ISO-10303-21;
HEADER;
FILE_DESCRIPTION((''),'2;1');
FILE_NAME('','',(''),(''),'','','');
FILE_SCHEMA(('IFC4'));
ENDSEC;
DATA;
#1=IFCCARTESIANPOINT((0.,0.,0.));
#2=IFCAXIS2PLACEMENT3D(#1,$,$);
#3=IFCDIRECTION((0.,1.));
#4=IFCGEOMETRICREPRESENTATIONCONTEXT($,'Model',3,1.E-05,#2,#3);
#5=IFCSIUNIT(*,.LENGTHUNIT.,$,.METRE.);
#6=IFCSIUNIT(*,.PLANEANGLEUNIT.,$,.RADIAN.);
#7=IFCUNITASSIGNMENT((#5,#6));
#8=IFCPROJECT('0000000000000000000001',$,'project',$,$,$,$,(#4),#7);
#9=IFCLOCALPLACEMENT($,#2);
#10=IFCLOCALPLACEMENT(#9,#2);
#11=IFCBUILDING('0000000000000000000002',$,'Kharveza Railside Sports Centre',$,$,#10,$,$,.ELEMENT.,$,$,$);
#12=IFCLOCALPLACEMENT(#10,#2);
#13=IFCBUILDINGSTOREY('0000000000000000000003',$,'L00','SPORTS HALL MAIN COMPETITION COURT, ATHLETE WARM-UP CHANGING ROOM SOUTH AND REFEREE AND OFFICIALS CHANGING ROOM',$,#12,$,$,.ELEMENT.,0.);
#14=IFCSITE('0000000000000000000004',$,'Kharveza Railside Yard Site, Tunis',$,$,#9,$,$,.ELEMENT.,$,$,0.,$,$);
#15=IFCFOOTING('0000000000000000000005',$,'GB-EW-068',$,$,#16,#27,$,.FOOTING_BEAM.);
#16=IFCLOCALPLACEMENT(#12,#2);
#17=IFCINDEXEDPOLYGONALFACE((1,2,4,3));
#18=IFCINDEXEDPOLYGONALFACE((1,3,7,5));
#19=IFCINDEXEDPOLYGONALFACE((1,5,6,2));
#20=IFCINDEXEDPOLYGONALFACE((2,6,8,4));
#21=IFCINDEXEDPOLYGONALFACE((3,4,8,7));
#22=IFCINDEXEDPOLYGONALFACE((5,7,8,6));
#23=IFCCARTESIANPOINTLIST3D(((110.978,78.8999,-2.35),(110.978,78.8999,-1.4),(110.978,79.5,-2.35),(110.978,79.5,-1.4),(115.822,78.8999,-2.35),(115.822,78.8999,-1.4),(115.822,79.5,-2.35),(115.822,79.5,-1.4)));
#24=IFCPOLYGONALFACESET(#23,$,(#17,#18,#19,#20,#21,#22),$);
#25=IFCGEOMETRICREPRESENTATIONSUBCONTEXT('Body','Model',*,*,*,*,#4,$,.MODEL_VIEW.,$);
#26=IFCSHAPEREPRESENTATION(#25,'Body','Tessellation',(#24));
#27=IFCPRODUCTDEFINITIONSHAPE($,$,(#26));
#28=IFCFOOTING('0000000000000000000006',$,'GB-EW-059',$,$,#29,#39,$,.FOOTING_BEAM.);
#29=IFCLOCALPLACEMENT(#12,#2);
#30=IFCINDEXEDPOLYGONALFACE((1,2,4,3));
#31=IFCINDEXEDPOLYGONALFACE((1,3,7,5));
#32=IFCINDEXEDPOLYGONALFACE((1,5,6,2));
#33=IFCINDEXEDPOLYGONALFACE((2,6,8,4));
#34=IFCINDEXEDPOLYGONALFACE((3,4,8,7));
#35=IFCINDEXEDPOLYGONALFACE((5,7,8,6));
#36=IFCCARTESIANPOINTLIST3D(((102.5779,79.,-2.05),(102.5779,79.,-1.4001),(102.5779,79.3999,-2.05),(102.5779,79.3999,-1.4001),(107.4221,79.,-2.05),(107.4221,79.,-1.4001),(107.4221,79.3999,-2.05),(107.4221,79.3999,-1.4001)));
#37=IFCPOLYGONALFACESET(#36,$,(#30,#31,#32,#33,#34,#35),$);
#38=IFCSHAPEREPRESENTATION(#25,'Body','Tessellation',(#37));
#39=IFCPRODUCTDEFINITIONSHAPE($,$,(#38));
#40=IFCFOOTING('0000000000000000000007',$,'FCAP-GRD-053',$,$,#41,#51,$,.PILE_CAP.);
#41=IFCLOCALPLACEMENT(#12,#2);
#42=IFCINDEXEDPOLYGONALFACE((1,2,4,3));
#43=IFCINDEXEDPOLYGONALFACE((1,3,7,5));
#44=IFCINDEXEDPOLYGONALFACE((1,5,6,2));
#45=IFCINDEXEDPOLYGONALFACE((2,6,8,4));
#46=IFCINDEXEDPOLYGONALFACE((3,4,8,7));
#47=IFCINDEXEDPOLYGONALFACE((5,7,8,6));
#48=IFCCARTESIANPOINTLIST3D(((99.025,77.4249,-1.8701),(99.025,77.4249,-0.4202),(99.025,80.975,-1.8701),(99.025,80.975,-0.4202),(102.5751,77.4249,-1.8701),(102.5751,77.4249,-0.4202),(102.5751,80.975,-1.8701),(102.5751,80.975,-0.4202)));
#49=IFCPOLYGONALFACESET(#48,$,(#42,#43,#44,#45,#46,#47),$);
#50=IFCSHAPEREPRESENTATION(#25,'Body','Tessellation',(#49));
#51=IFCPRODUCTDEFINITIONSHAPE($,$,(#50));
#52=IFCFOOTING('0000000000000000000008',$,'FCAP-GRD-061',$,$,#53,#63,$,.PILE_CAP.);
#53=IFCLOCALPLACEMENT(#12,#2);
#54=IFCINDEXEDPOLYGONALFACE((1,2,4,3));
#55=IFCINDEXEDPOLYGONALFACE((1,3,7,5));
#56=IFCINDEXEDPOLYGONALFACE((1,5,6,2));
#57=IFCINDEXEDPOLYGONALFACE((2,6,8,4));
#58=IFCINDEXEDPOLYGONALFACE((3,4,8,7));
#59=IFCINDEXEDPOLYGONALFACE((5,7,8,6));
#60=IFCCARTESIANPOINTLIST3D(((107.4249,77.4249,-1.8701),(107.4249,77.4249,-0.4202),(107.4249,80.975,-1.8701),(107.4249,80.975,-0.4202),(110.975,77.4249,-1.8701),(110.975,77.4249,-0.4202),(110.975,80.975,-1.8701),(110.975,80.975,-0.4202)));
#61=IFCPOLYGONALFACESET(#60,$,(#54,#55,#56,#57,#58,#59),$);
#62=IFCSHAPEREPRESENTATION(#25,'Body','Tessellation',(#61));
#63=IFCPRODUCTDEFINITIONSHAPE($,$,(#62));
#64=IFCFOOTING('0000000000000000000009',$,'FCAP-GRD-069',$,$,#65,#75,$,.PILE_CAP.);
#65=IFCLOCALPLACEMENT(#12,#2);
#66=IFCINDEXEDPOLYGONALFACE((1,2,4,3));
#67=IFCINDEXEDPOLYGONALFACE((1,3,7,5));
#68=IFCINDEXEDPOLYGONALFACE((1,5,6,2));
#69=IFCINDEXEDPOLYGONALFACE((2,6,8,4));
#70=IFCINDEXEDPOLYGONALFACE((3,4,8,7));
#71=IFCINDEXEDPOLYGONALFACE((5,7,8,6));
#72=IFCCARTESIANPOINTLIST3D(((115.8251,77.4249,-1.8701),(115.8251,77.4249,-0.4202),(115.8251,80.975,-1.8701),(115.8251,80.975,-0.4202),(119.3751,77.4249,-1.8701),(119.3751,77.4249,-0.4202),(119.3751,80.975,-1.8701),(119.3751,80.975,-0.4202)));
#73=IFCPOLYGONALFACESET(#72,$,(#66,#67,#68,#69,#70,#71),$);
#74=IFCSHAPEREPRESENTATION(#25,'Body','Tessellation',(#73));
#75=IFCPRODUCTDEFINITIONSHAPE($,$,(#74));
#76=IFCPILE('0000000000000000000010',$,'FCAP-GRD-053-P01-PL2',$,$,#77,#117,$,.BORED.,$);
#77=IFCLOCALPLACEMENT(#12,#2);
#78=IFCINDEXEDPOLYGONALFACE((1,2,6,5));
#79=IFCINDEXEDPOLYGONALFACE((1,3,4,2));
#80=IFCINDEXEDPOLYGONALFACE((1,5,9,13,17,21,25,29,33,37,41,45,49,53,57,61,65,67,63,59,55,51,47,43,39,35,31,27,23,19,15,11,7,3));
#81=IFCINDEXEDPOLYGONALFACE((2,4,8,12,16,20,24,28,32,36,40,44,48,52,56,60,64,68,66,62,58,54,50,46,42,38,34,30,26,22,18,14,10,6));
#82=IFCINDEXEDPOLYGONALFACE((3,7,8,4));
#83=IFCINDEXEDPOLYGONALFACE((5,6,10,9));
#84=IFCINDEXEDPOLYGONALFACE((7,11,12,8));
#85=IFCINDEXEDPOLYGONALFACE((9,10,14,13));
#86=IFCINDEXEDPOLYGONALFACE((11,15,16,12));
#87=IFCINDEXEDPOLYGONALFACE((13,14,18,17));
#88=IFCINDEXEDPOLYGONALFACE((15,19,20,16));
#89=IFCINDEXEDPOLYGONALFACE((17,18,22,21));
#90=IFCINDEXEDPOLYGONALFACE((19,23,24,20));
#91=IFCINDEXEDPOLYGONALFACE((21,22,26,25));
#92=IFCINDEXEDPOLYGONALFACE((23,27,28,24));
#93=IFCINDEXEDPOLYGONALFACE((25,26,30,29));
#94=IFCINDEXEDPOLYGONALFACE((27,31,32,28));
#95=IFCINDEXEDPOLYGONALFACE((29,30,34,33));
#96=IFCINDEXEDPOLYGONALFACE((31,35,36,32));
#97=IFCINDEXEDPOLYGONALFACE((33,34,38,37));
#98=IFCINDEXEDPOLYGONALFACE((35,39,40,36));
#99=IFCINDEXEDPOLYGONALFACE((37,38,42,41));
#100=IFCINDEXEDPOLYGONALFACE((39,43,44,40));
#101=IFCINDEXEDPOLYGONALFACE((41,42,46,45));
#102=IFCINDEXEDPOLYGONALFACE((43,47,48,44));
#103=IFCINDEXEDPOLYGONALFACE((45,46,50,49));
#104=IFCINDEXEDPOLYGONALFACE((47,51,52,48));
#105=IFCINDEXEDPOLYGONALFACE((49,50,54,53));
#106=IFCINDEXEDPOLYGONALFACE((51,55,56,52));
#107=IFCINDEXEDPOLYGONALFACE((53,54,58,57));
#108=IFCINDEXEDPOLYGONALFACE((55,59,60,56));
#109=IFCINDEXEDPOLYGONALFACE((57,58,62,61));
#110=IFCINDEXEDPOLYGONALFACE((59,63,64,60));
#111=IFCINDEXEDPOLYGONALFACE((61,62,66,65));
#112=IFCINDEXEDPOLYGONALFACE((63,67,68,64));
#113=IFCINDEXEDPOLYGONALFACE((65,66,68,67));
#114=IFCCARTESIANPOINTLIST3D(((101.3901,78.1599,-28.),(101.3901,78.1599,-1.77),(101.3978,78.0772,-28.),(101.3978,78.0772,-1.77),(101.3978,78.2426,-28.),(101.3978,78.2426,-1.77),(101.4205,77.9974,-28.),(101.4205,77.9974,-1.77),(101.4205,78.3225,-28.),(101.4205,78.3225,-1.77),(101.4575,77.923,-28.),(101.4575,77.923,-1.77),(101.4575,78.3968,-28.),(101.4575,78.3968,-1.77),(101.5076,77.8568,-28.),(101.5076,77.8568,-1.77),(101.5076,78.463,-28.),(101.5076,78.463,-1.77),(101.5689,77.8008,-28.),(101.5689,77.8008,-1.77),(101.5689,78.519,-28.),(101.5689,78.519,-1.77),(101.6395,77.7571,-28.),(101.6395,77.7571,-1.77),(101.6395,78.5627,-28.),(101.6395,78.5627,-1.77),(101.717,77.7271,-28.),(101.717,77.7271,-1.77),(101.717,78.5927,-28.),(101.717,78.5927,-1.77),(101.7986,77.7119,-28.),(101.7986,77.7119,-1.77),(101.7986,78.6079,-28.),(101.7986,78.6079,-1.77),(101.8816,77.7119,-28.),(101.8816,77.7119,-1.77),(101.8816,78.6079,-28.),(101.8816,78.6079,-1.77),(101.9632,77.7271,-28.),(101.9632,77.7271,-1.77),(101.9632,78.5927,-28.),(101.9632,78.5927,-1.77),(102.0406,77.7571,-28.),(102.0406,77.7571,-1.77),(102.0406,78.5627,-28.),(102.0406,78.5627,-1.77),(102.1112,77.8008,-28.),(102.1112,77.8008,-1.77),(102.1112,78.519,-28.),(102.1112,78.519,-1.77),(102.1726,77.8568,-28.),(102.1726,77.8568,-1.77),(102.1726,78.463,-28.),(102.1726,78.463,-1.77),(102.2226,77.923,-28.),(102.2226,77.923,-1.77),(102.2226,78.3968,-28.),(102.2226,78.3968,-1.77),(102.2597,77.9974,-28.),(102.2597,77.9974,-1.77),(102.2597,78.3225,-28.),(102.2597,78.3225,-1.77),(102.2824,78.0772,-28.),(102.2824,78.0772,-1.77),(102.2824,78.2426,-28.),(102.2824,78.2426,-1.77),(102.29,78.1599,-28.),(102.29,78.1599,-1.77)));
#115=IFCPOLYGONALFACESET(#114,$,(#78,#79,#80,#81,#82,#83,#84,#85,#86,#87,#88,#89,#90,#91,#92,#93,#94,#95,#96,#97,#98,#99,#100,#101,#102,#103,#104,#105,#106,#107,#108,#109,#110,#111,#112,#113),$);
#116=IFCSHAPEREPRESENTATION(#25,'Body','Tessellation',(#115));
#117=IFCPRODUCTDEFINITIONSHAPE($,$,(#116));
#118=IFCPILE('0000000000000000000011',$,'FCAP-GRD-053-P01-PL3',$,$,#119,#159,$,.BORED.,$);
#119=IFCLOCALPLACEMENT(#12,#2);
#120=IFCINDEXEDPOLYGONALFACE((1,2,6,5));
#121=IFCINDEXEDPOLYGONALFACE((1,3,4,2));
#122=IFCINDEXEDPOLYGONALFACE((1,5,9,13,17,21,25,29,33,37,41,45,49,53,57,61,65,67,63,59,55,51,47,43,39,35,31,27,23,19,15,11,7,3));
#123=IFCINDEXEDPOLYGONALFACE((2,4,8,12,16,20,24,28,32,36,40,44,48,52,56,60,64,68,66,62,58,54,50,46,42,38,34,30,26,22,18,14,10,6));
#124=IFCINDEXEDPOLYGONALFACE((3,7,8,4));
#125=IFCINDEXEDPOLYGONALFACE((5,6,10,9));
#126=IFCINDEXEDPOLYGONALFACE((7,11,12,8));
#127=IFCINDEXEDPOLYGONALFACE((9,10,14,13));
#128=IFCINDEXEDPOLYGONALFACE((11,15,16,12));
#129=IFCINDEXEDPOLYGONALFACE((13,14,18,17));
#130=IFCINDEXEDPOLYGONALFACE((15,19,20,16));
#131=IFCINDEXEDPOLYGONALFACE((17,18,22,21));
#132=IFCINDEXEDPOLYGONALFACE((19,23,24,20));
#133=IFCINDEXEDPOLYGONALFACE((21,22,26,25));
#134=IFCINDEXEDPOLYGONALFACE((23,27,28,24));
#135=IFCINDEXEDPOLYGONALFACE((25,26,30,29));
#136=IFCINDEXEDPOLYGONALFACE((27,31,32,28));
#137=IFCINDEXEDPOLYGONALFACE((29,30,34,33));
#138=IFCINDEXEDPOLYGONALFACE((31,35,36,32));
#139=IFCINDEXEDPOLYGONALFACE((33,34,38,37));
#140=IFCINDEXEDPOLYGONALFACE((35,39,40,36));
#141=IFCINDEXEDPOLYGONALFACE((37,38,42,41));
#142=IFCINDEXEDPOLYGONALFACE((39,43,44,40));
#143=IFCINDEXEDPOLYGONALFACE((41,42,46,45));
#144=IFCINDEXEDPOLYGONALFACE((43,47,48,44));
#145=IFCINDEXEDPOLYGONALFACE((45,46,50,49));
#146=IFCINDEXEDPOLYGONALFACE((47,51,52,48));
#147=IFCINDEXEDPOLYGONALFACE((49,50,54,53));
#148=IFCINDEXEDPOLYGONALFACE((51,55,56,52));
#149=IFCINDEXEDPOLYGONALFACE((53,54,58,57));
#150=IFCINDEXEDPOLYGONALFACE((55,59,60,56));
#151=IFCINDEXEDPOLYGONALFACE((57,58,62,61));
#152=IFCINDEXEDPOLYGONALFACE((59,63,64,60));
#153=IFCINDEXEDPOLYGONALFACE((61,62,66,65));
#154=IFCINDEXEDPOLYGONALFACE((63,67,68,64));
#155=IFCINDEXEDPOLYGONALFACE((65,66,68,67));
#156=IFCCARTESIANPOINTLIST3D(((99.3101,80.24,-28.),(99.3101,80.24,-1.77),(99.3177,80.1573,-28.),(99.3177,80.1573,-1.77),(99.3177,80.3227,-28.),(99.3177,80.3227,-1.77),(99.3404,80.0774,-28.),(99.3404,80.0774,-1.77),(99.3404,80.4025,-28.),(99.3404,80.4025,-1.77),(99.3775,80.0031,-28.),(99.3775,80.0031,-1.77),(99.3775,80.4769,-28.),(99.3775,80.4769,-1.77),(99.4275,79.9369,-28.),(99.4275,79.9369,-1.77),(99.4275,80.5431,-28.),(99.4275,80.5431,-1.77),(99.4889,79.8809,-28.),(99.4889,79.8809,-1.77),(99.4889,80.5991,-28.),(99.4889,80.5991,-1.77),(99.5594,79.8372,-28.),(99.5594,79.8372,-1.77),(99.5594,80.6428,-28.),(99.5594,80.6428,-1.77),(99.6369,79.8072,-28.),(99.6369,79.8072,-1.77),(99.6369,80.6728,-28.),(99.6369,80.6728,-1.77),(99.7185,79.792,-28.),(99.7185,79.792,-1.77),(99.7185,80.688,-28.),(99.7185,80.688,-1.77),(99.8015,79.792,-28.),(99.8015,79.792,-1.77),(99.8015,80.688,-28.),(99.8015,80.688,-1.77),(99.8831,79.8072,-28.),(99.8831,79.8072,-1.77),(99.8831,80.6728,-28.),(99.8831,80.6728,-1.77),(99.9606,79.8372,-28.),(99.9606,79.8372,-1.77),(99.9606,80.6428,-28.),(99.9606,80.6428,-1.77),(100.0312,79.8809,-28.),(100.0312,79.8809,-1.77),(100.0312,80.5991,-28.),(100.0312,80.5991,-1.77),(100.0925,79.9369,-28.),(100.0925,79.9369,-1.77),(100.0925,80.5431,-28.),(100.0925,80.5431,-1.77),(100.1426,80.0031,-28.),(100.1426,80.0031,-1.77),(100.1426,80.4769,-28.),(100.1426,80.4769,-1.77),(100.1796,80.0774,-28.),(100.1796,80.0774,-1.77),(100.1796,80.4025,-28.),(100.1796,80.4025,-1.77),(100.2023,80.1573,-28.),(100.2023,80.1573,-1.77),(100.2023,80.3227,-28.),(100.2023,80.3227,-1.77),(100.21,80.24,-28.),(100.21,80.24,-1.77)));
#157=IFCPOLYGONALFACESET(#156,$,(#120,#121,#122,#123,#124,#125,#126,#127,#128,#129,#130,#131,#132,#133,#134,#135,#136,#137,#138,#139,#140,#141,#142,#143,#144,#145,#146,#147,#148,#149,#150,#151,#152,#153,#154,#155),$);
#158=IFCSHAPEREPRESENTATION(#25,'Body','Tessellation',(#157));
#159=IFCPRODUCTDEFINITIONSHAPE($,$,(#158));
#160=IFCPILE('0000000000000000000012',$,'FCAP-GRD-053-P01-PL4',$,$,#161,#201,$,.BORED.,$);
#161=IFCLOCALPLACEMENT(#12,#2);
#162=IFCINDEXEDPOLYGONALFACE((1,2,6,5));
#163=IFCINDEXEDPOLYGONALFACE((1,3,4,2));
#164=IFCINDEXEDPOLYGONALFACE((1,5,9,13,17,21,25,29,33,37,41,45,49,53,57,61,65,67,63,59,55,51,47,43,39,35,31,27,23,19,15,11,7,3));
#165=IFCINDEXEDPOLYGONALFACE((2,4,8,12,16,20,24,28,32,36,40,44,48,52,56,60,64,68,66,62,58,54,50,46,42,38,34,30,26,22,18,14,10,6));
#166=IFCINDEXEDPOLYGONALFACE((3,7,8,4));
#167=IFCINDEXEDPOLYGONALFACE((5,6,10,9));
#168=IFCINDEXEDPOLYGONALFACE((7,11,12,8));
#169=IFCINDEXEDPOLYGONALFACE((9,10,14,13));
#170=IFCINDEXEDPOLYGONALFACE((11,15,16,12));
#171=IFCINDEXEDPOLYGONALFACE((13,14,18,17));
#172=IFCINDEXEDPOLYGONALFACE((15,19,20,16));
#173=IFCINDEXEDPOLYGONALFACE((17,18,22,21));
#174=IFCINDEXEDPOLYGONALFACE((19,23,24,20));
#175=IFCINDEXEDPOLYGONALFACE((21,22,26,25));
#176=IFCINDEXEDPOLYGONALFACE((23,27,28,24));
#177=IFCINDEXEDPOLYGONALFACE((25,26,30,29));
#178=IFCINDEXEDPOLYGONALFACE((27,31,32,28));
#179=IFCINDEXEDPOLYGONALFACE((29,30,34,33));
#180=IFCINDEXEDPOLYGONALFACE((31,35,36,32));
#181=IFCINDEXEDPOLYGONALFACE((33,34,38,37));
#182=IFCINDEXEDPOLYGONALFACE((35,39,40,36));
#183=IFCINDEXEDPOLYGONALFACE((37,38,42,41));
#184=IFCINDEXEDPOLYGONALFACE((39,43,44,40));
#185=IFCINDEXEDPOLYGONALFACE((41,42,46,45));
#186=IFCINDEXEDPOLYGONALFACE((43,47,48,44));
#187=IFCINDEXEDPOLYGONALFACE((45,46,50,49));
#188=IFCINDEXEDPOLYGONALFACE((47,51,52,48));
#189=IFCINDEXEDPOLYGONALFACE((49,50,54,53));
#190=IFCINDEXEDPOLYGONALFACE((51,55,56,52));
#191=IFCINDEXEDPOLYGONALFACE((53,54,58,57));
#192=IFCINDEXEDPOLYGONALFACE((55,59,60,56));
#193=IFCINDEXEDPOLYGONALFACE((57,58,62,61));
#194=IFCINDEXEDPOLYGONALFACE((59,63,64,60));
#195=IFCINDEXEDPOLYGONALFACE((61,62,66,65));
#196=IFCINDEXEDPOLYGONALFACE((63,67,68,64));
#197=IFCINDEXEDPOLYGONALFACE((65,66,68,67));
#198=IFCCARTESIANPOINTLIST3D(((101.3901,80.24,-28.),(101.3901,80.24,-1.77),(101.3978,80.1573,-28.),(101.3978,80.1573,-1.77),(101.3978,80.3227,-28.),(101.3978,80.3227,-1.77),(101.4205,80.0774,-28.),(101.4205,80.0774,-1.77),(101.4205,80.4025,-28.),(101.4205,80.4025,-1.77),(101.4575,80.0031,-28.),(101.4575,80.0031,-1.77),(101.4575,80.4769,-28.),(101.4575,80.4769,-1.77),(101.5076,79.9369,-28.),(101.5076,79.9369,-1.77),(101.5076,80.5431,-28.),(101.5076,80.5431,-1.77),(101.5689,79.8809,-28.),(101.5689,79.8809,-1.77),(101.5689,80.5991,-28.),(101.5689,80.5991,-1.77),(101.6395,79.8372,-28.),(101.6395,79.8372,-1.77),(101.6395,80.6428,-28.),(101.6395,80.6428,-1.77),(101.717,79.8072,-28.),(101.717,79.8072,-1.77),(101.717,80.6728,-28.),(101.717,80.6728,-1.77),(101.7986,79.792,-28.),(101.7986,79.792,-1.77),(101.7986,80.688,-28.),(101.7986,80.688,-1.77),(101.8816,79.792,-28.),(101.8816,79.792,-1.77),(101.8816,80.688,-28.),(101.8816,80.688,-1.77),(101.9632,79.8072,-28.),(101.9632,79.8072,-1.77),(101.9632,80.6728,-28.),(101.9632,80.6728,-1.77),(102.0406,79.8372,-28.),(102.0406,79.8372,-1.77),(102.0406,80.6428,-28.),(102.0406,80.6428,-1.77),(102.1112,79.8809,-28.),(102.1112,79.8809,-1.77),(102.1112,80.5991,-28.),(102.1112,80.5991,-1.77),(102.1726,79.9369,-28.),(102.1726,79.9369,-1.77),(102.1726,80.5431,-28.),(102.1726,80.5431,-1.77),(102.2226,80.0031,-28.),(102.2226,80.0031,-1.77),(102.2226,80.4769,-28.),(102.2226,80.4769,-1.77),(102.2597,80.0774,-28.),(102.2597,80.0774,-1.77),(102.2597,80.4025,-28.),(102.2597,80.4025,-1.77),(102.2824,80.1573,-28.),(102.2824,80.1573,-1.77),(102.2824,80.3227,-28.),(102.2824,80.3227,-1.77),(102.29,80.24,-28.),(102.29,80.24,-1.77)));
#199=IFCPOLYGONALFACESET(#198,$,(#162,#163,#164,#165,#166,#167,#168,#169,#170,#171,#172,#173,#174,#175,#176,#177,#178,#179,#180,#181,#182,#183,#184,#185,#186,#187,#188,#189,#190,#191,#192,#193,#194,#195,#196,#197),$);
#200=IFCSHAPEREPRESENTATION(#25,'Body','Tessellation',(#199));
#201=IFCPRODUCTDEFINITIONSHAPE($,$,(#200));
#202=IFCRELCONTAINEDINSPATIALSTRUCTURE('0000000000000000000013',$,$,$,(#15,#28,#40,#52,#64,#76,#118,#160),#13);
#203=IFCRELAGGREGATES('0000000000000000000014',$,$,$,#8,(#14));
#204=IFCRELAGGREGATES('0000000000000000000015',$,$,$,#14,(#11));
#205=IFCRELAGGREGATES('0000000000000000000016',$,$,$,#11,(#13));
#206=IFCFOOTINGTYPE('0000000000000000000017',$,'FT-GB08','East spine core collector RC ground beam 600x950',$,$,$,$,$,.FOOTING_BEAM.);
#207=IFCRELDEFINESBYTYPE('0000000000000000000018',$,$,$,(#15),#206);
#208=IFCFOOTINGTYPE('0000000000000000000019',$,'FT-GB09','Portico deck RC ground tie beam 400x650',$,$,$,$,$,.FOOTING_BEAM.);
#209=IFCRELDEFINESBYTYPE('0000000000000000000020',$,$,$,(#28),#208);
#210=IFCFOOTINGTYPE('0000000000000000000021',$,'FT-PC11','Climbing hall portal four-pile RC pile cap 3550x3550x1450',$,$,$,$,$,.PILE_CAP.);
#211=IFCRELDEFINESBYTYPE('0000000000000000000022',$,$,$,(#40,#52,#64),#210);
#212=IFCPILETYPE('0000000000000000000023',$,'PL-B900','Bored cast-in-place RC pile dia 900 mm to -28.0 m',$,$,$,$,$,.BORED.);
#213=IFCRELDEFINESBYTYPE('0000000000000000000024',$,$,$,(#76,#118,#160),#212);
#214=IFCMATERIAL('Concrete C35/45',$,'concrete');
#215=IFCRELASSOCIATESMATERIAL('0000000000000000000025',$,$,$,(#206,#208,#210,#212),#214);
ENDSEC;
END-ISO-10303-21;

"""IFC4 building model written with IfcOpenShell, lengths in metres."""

from ifc_helpers import new_model, si_unit, direction, frame, origin, origin_2d, place, context, subcontext, project, spatial, rectangle, circle, extrude, material, material_profile, profile_set, type_object, element, save


model = new_model("IFC4")

# Units and contexts
model_context = context("Model", 3, precision=1e-05, world=origin(), true_north=direction((0.0, 1.0)))
body_context = subcontext(model_context, "Body", "Model", "MODEL_VIEW")
ifc_project = project(units=[si_unit("LENGTHUNIT", "METRE"), si_unit("PLANEANGLEUNIT", "RADIAN")], contexts=[model_context])

# Site, building, storey
site_placement = place(None, origin())
site = spatial("IfcSite", under=ifc_project, at=site_placement, Name="Kharveza Railside Yard Site, Tunis", CompositionType="ELEMENT", RefElevation=0.0)
building_placement = place(site_placement, origin())
building = spatial("IfcBuilding", under=site, at=building_placement, Name="Kharveza Railside Sports Centre", CompositionType="ELEMENT")
storey_placement = place(building_placement, origin())
storey = spatial("IfcBuildingStorey", under=building, at=storey_placement, Name="L00", Description="SPORTS HALL MAIN COMPETITION COURT, ATHLETE WARM-UP CHANGING ROOM SOUTH AND REFEREE AND OFFICIALS CHANGING ROOM", CompositionType="ELEMENT", Elevation=0.0)

# Footings
ifc_material_1 = material(Name="Concrete C35/45", Category="concrete")
ifc_material_profile_1 = material_profile(ifc_material_1, rectangle(XDim=0.6001, YDim=0.95, at=origin_2d()), Name="GB 600x950")
ifc_profile_set_1 = profile_set([ifc_material_profile_1], Name="Concrete C35/45")
footing_type_1 = type_object("IfcFootingType", Name="FT-GB08", Description="East spine core collector RC ground beam 600x950", PredefinedType="FOOTING_BEAM", material=ifc_profile_set_1)
footing_1_placement = place(storey_placement, frame((110.978, 79.2, -1.875), z_axis=(1.0, 0.0, 0.0), x_axis=(0.0, 1.0, 0.0)))
element("IfcFooting", 1, at=footing_1_placement, inside=storey, type_object=footing_type_1, Name="GB-EW-068", PredefinedType="FOOTING_BEAM", context=body_context, shape_type="SweptSolid", body=[
    extrude(rectangle(XDim=0.6001, YDim=0.95, at=origin_2d()), origin(), (0.0, 0.0, 1.0), 4.844),
])
ifc_material_profile_2 = material_profile(ifc_material_1, rectangle(XDim=0.3999, YDim=0.6499, at=origin_2d()), Name="GB 400x650")
ifc_profile_set_2 = profile_set([ifc_material_profile_2], Name="Concrete C35/45")
footing_type_2 = type_object("IfcFootingType", Name="FT-GB09", Description="Portico deck RC ground tie beam 400x650", PredefinedType="FOOTING_BEAM", material=ifc_profile_set_2)
footing_2_placement = place(storey_placement, frame((102.5779, 79.2, -1.7251), z_axis=(1.0, 0.0, 0.0), x_axis=(0.0, 1.0, 0.0)))
element("IfcFooting", 2, at=footing_2_placement, inside=storey, type_object=footing_type_2, Name="GB-EW-059", PredefinedType="FOOTING_BEAM", context=body_context, shape_type="SweptSolid", body=[
    extrude(rectangle(XDim=0.3999, YDim=0.6499, at=origin_2d()), origin(), (0.0, 0.0, 1.0), 4.8442),
])
footing_type_3 = type_object("IfcFootingType", Name="FT-PC11", Description="Climbing hall portal four-pile RC pile cap 3550x3550x1450", PredefinedType="PILE_CAP", material=ifc_material_1)
for number, where, z_axis, x_axis, name in (
    (3, (100.8, 79.2, -1.8701), (0.0, 0.0, 1.0), (1.0, 0.0, 0.0), "FCAP-GRD-053"),
    (4, (109.2, 79.2, -1.8701), (0.0, 0.0, 1.0), (1.0, 0.0, 0.0), "FCAP-GRD-061"),
    (5, (117.6001, 79.2, -1.8701), (0.0, 0.0, 1.0), (1.0, 0.0, 0.0), "FCAP-GRD-069"),
):
    element("IfcFooting", number, at=place(storey_placement, frame(where, z_axis=z_axis, x_axis=x_axis)), inside=storey, type_object=footing_type_3, Name=name, PredefinedType="PILE_CAP", context=body_context, shape_type="SweptSolid", body=[
        extrude(rectangle(XDim=3.55, YDim=3.55, at=origin_2d()), origin(), (0.0, 0.0, 1.0), 1.45),
    ])

# Piles
ifc_material_profile_3 = material_profile(ifc_material_1, circle(Radius=0.45, at=origin_2d()), Name="PILE D900")
ifc_profile_set_3 = profile_set([ifc_material_profile_3], Name="Concrete C35/45")
pile_type = type_object("IfcPileType", Name="PL-B900", Description="Bored cast-in-place RC pile dia 900 mm to -28.0 m", PredefinedType="BORED", material=ifc_profile_set_3)
for number, where, z_axis, x_axis, name in (
    (6, (101.8401, 78.1599, -1.77), (0.0, 0.0, -1.0), (1.0, 0.0, 0.0), "FCAP-GRD-053-P01-PL2"),
    (7, (99.76, 80.24, -1.77), (0.0, 0.0, -1.0), (1.0, 0.0, 0.0), "FCAP-GRD-053-P01-PL3"),
    (8, (101.8401, 80.24, -1.77), (0.0, 0.0, -1.0), (1.0, 0.0, 0.0), "FCAP-GRD-053-P01-PL4"),
):
    element("IfcPile", number, at=place(storey_placement, frame(where, z_axis=z_axis, x_axis=x_axis)), inside=storey, type_object=pile_type, Name=name, PredefinedType="BORED", context=body_context, shape_type="SweptSolid", body=[
        extrude(circle(Radius=0.45, at=origin_2d()), origin(), (0.0, 0.0, 1.0), 26.23),
    ])

save(model, "model.ifc")
